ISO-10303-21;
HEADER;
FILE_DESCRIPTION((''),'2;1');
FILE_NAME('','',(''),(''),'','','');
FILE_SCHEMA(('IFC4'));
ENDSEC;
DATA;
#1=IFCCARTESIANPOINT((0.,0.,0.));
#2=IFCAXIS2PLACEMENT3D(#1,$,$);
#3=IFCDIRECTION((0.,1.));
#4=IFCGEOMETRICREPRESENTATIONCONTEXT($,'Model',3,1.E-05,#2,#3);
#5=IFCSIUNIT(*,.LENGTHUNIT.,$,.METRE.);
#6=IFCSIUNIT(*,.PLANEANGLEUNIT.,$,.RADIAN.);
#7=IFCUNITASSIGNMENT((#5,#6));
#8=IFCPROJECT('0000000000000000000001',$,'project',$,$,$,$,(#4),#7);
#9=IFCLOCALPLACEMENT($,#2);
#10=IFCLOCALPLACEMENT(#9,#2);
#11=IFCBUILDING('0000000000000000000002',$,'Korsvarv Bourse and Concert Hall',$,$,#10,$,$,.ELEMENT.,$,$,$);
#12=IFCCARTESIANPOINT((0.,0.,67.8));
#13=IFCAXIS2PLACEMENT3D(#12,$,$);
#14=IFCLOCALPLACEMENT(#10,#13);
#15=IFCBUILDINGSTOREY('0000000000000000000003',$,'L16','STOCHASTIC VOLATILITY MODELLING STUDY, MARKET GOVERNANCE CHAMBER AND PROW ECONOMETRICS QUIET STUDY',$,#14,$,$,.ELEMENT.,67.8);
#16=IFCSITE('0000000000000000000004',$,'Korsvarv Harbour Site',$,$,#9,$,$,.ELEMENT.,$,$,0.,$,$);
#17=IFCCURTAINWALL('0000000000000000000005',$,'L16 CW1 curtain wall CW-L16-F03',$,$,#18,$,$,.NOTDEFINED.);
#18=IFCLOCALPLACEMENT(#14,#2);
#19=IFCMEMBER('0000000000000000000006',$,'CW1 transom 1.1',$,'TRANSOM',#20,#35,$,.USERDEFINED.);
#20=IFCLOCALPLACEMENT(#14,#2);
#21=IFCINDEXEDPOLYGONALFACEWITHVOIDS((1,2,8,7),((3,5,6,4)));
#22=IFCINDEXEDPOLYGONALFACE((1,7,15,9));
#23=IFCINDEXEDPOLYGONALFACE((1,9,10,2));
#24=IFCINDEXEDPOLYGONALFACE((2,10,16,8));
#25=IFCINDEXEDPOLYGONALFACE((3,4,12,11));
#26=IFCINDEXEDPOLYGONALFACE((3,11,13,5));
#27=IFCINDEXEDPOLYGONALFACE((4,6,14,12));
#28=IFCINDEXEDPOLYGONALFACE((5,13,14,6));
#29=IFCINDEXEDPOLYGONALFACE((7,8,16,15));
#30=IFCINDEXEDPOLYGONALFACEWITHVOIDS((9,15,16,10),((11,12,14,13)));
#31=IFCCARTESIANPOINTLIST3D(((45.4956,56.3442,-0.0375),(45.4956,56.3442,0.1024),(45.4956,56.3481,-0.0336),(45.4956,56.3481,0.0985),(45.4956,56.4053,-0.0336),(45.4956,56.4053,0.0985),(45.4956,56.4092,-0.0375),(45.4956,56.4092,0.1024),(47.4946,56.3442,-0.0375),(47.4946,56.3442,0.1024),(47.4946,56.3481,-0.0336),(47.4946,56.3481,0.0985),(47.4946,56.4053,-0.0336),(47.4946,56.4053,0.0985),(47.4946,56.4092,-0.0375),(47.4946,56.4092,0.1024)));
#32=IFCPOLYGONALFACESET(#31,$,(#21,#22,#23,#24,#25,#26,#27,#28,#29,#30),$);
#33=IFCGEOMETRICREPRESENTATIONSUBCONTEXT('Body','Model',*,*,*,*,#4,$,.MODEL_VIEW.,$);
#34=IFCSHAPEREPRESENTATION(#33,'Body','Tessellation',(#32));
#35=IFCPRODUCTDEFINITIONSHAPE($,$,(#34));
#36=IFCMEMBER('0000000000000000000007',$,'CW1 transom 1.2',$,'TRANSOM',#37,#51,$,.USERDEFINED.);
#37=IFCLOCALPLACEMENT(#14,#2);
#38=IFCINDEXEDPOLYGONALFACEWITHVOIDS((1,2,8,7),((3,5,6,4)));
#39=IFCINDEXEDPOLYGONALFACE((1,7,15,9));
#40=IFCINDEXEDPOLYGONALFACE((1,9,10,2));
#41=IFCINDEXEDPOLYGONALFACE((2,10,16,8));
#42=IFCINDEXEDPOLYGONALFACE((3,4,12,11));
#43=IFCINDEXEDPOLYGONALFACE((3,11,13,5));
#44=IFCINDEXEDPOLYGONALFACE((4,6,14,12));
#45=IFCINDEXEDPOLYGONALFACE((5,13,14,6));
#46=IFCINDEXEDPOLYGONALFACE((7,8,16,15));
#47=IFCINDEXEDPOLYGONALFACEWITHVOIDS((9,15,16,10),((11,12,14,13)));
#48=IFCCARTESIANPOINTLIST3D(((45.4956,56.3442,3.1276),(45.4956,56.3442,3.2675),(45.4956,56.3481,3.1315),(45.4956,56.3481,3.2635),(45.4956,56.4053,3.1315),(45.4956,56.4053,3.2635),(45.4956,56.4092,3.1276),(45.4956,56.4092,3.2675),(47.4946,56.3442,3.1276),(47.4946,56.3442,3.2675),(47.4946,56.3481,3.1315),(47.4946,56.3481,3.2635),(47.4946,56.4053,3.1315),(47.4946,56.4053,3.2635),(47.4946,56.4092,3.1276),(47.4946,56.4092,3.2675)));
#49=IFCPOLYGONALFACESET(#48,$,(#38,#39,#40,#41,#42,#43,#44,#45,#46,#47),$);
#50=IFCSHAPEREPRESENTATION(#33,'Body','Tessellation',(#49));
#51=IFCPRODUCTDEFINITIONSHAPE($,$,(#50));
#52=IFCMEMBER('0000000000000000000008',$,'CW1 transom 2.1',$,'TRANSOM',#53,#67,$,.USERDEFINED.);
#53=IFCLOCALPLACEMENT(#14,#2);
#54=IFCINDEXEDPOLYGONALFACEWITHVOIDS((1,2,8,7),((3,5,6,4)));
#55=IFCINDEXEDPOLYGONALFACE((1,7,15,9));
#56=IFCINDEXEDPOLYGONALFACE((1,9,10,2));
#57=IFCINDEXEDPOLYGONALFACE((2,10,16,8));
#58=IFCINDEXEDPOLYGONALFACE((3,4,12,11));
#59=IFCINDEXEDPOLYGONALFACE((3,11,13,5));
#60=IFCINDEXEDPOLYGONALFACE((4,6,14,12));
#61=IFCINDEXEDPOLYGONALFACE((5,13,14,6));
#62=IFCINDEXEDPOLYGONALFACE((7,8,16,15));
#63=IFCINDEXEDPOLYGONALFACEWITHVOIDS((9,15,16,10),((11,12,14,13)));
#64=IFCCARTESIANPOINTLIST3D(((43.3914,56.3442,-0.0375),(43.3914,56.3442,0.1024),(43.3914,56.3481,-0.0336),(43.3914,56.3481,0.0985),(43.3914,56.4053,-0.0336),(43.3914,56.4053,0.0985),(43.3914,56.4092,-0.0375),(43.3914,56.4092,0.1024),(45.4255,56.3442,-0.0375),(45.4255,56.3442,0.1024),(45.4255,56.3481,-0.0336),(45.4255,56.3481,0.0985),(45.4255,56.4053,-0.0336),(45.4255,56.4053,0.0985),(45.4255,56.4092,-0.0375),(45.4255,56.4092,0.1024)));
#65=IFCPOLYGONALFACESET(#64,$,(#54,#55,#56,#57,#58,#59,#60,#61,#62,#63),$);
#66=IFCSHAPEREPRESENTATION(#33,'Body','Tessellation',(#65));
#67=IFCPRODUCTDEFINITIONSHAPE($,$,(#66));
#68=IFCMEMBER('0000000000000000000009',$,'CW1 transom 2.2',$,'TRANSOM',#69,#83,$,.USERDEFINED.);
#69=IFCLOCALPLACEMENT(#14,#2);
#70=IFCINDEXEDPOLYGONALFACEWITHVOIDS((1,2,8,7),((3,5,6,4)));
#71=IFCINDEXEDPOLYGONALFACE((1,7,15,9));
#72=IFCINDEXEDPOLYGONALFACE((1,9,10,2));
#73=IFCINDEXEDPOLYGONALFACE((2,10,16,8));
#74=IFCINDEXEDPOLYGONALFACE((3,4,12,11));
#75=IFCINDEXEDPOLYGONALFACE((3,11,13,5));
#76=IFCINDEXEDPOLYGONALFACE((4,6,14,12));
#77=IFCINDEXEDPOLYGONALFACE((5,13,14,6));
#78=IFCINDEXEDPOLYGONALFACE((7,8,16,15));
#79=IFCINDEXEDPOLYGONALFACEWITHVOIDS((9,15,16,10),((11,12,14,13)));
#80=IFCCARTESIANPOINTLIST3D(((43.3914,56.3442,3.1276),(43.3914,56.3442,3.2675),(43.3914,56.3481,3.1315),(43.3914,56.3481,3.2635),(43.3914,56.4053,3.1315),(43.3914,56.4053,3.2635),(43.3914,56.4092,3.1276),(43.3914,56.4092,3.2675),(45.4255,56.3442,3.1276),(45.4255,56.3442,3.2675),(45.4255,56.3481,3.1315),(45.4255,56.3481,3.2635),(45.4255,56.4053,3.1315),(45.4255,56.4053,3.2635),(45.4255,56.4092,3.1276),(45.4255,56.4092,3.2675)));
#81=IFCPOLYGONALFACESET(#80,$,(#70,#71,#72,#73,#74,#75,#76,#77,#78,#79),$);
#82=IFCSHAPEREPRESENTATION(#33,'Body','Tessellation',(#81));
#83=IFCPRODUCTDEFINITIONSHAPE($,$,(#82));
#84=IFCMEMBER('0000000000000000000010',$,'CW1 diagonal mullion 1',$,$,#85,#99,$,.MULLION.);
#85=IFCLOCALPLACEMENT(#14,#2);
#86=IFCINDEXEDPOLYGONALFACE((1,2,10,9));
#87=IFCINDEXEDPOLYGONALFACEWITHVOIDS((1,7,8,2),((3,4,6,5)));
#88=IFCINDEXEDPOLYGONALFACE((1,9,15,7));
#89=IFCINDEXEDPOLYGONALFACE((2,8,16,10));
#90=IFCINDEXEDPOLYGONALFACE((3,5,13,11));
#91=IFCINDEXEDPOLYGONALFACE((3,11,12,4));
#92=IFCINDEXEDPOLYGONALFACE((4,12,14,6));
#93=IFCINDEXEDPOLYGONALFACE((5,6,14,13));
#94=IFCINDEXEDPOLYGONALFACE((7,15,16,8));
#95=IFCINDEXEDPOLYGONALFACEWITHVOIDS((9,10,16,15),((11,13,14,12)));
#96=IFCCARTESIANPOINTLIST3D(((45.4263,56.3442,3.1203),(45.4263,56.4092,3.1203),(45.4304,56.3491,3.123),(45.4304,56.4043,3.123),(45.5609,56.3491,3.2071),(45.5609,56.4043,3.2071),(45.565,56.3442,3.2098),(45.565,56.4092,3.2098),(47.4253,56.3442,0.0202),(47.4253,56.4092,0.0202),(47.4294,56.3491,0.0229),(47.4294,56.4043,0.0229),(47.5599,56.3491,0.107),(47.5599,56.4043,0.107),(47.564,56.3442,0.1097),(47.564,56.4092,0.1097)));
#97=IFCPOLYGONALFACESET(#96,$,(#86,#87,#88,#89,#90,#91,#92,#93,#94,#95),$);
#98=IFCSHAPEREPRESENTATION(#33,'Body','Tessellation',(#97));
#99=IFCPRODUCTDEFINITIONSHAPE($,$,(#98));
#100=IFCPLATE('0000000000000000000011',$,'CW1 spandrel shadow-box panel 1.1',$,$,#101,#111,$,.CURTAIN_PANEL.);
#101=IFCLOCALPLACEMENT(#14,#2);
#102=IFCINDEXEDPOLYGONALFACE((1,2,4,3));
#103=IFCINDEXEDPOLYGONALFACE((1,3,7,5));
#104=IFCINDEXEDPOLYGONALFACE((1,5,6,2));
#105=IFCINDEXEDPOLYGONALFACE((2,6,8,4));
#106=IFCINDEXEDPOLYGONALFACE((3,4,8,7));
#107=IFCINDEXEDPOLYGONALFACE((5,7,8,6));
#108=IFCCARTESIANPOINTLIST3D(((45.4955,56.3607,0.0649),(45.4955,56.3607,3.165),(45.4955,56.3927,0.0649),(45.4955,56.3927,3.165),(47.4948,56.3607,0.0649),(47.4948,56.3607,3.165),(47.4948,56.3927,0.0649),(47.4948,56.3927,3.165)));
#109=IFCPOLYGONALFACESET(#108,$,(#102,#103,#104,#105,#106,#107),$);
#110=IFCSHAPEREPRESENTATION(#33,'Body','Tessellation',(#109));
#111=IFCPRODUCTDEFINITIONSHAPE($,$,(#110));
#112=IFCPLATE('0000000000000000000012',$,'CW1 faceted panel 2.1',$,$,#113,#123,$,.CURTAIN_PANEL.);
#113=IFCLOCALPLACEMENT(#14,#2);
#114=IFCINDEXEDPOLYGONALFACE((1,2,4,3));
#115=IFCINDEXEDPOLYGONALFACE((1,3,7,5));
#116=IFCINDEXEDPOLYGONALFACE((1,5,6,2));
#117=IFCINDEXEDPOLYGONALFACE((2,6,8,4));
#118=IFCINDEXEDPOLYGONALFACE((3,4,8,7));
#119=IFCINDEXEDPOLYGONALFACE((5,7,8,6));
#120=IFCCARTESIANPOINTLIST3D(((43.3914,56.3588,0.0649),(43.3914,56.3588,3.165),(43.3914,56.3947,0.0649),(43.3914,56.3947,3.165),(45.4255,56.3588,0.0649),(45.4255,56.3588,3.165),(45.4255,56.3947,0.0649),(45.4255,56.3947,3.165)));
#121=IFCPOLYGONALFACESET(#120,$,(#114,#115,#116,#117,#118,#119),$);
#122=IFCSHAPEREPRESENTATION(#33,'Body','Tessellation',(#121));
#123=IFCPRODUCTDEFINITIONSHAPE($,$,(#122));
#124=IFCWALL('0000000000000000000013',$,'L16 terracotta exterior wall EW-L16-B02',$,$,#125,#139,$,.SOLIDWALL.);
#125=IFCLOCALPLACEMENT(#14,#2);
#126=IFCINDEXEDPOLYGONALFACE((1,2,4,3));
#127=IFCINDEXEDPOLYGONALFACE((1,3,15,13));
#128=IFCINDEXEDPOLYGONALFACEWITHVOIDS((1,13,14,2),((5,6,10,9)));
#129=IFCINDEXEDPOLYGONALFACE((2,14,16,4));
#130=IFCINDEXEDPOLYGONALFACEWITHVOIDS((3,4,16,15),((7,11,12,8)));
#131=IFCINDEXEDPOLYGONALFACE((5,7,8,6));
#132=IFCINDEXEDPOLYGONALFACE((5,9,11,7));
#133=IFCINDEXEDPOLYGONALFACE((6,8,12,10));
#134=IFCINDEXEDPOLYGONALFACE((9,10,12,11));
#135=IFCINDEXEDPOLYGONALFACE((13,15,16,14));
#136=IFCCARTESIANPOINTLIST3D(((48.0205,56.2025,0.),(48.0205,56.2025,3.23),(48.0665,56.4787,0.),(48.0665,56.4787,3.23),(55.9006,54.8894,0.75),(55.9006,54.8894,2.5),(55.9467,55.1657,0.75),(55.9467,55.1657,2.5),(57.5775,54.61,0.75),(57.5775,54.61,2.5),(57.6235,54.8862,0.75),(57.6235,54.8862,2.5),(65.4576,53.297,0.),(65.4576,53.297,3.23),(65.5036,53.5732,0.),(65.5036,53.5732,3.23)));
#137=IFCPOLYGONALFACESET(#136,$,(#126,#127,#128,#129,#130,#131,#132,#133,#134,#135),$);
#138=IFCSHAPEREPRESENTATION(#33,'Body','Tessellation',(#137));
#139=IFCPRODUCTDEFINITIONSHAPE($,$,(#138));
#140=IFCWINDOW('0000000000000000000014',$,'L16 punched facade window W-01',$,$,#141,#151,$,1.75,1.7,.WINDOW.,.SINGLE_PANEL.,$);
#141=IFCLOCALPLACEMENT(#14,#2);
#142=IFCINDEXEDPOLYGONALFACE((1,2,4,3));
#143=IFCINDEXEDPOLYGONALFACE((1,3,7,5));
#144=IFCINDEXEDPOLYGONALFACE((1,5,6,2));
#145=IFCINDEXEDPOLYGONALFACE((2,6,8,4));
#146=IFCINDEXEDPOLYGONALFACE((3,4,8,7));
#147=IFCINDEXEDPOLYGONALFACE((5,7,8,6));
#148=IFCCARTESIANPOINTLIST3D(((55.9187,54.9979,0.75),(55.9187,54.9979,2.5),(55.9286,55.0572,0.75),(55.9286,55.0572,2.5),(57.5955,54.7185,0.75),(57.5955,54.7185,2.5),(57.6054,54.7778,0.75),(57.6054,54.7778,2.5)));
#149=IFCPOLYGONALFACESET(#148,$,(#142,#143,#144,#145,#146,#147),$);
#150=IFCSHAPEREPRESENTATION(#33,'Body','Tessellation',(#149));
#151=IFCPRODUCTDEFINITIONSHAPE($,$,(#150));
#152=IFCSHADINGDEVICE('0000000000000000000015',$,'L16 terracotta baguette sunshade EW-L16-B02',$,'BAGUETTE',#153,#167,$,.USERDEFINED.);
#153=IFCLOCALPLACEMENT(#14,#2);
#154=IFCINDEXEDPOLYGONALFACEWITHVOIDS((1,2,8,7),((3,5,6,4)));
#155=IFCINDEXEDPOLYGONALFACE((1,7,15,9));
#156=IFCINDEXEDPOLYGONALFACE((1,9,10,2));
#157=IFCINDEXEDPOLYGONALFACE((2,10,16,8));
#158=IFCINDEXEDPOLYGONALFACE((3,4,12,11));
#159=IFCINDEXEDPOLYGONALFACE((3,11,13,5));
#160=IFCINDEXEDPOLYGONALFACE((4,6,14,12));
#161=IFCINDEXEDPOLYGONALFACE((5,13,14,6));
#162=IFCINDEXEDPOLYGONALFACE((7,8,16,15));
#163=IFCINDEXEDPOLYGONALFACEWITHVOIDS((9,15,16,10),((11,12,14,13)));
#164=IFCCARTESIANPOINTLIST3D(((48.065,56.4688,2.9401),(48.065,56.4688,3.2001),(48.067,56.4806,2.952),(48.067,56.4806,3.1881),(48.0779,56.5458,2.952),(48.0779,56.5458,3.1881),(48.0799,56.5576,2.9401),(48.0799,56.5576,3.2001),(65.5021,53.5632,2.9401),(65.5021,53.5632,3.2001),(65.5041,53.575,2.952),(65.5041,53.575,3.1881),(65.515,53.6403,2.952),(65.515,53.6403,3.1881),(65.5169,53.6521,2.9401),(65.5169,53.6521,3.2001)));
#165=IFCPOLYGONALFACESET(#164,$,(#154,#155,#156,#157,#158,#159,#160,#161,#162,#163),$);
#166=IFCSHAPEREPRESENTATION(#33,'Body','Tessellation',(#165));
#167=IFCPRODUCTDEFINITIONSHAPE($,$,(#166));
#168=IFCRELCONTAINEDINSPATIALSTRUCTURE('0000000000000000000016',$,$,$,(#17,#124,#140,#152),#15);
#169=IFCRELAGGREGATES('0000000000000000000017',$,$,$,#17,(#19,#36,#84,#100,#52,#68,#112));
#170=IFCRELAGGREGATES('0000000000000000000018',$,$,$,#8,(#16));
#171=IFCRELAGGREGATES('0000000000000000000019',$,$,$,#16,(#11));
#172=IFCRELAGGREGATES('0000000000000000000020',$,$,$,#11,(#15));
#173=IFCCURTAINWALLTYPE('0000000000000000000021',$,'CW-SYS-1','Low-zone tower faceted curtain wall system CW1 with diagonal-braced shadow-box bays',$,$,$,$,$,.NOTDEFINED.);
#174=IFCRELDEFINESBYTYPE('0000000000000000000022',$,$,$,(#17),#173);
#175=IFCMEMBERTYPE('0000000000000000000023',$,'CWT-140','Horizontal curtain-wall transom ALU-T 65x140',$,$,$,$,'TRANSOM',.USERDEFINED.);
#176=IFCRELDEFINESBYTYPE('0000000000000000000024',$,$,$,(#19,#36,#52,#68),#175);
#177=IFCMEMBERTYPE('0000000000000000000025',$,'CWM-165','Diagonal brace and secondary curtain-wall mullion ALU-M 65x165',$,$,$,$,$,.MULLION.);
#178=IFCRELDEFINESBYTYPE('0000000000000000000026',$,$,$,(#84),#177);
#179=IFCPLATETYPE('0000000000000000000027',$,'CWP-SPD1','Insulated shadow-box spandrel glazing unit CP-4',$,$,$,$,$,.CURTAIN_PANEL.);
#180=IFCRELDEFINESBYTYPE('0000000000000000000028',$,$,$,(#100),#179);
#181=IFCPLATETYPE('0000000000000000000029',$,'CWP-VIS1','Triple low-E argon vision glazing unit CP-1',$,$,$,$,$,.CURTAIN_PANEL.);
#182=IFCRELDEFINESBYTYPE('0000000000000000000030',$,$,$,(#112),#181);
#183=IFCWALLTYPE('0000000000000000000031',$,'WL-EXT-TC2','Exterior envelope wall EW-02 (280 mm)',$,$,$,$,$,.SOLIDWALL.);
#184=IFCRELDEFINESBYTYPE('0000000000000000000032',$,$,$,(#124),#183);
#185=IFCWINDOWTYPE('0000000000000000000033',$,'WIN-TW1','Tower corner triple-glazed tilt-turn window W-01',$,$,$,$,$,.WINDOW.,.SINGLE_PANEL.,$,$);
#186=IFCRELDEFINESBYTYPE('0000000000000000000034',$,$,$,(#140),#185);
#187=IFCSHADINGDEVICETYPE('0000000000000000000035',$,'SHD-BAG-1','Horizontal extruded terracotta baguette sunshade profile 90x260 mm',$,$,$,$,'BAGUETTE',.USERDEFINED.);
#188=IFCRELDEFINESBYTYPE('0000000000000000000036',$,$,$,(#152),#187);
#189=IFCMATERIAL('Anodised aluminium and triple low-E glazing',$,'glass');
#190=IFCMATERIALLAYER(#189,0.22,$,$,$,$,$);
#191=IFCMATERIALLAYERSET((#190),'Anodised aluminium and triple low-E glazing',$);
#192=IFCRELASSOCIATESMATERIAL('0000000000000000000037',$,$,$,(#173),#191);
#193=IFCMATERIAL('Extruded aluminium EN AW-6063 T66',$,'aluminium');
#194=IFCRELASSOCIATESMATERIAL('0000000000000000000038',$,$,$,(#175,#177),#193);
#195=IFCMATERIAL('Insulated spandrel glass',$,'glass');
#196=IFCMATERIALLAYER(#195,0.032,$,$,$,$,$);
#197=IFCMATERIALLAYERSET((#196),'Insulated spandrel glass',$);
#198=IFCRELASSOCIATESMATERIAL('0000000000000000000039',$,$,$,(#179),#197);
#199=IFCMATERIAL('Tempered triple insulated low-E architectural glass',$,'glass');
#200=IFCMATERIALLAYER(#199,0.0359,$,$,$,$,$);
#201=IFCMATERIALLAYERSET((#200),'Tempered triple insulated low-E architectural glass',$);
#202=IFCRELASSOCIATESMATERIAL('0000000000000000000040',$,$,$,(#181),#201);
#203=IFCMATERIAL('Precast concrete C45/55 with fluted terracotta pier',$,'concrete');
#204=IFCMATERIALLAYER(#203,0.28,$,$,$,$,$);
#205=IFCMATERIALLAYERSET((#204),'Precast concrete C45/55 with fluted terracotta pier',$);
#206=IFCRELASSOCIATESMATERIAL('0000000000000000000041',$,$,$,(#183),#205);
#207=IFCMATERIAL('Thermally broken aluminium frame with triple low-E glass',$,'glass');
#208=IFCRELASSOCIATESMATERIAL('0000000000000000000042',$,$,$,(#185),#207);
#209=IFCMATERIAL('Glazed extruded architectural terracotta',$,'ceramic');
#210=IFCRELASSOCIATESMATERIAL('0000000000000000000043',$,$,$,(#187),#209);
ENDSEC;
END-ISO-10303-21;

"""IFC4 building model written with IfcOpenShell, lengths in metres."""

from ifc_helpers import new_model, si_unit, direction, frame, frame_2d, origin, origin_2d, place, context, subcontext, project, spatial, rectangle, hollow_rectangle, extrude, source, transform, mapped, material, layer, layer_set, material_profile, profile_set, type_object, element, fill, aggregate, save


model = new_model("IFC4")

# Units and contexts
model_context = context("Model", 3, precision=1e-05, world=origin(), true_north=direction((0.0, 1.0)))
body_context = subcontext(model_context, "Body", "Model", "MODEL_VIEW")
ifc_project = project(units=[si_unit("LENGTHUNIT", "METRE"), si_unit("PLANEANGLEUNIT", "RADIAN")], contexts=[model_context])

# Site, building, storey
site_placement = place(None, origin())
site = spatial("IfcSite", under=ifc_project, at=site_placement, Name="Korsvarv Harbour Site", CompositionType="ELEMENT", RefElevation=0.0)
building_placement = place(site_placement, origin())
building = spatial("IfcBuilding", under=site, at=building_placement, Name="Korsvarv Bourse and Concert Hall", CompositionType="ELEMENT")
storey_placement = place(building_placement, frame((0.0, 0.0, 67.8)))
storey = spatial("IfcBuildingStorey", under=building, at=storey_placement, Name="L16", Description="STOCHASTIC VOLATILITY MODELLING STUDY, MARKET GOVERNANCE CHAMBER AND PROW ECONOMETRICS QUIET STUDY", CompositionType="ELEMENT", Elevation=67.8)

# Curtain wall, members, plates
ifc_material_1 = material(Name="Anodised aluminium and triple low-E glazing", Category="glass")
ifc_layer_1 = layer(ifc_material_1, 0.22)
ifc_layer_set_1 = layer_set([ifc_layer_1], Name="Anodised aluminium and triple low-E glazing")
curtain_wall_type = type_object("IfcCurtainWallType", Name="CW-SYS-1", Description="Low-zone tower faceted curtain wall system CW1 with diagonal-braced shadow-box bays", PredefinedType="NOTDEFINED", material=ifc_layer_set_1)
curtain_wall_placement = place(storey_placement, origin())
curtain_wall = element("IfcCurtainWall", 1, at=curtain_wall_placement, inside=storey, type_object=curtain_wall_type, Name="L16 CW1 curtain wall CW-L16-F03", PredefinedType="NOTDEFINED")
ifc_material_2 = material(Name="Extruded aluminium EN AW-6063 T66", Category="aluminium")
ifc_material_profile_1 = material_profile(ifc_material_2, hollow_rectangle(XDim=0.0649, YDim=0.1399, WallThickness=0.0039, at=origin_2d()), Name="ALU-T 65x140")
ifc_profile_set_1 = profile_set([ifc_material_profile_1], Name="Extruded aluminium EN AW-6063 T66")
member_type_1 = type_object("IfcMemberType", Name="CWT-140", Description="Horizontal curtain-wall transom ALU-T 65x140", ElementType="TRANSOM", PredefinedType="USERDEFINED", material=ifc_profile_set_1)
shared_shape_1 = source(origin(), body_context, "Body", "SweptSolid", [
    extrude(hollow_rectangle(XDim=0.0649, YDim=0.1399, WallThickness=0.0039, at=origin_2d()), origin(), (0.0, 0.0, 1.0), 1.999),
])
member_1_placement = place(storey_placement, frame((47.4946, 56.3767, 0.0325), z_axis=(-1.0, 0.0, 0.0), x_axis=(0.0, -1.0, 0.0)))
member_1 = element("IfcMember", 2, at=member_1_placement, type_object=member_type_1, Name="CW1 transom 1.1", ObjectType="TRANSOM", PredefinedType="USERDEFINED", context=body_context, shape_type="MappedRepresentation", body=[
    mapped(shared_shape_1, transform((0.0, 0.0, 0.0), scale=1.0)),
])
member_2_placement = place(storey_placement, frame((47.4946, 56.3767, 3.1975), z_axis=(-1.0, 0.0, 0.0), x_axis=(0.0, -1.0, 0.0)))
member_2 = element("IfcMember", 3, at=member_2_placement, type_object=member_type_1, Name="CW1 transom 1.2", ObjectType="TRANSOM", PredefinedType="USERDEFINED", context=body_context, shape_type="MappedRepresentation", body=[
    mapped(shared_shape_1, transform((0.0, 0.0, 0.0), scale=1.0)),
])
shared_shape_2 = source(origin(), body_context, "Body", "SweptSolid", [
    extrude(hollow_rectangle(XDim=0.0649, YDim=0.1399, WallThickness=0.0039, at=origin_2d()), origin(), (0.0, 0.0, 1.0), 2.0342),
])
member_3_placement = place(storey_placement, frame((45.4255, 56.3767, 0.0325), z_axis=(-1.0, 0.0, 0.0), x_axis=(0.0, -1.0, 0.0)))
member_3 = element("IfcMember", 4, at=member_3_placement, type_object=member_type_1, Name="CW1 transom 2.1", ObjectType="TRANSOM", PredefinedType="USERDEFINED", context=body_context, shape_type="MappedRepresentation", body=[
    mapped(shared_shape_2, transform((0.0, 0.0, 0.0), scale=1.0)),
])
member_4_placement = place(storey_placement, frame((45.4255, 56.3767, 3.1975), z_axis=(-1.0, 0.0, 0.0), x_axis=(0.0, -1.0, 0.0)))
member_4 = element("IfcMember", 5, at=member_4_placement, type_object=member_type_1, Name="CW1 transom 2.2", ObjectType="TRANSOM", PredefinedType="USERDEFINED", context=body_context, shape_type="MappedRepresentation", body=[
    mapped(shared_shape_2, transform((0.0, 0.0, 0.0), scale=1.0)),
])
ifc_material_profile_2 = material_profile(ifc_material_2, hollow_rectangle(XDim=0.0649, YDim=0.165, WallThickness=0.0049, at=origin_2d()), Name="ALU-M 65x165")
ifc_profile_set_2 = profile_set([ifc_material_profile_2], Name="Extruded aluminium EN AW-6063 T66")
member_type_2 = type_object("IfcMemberType", Name="CWM-165", Description="Diagonal brace and secondary curtain-wall mullion ALU-M 65x165", PredefinedType="MULLION", material=ifc_profile_set_2)
shared_shape_3 = source(origin(), body_context, "Body", "SweptSolid", [
    extrude(hollow_rectangle(XDim=0.0649, YDim=0.165, WallThickness=0.0049, at=origin_2d()), origin(), (0.0, 0.0, 1.0), 3.6887),
])
member_5_placement = place(storey_placement, frame((47.4946, 56.3767, 0.0649), z_axis=(-0.541928, 0.0, 0.840425), x_axis=(0.0, -1.0, 0.0)))
member_5 = element("IfcMember", 6, at=member_5_placement, type_object=member_type_2, Name="CW1 diagonal mullion 1", PredefinedType="MULLION", context=body_context, shape_type="MappedRepresentation", body=[
    mapped(shared_shape_3, transform((0.0, 0.0, 0.0), scale=1.0)),
])
ifc_material_3 = material(Name="Insulated spandrel glass", Category="glass")
ifc_layer_2 = layer(ifc_material_3, 0.032)
ifc_layer_set_2 = layer_set([ifc_layer_2], Name="Insulated spandrel glass")
plate_type_1 = type_object("IfcPlateType", Name="CWP-SPD1", Description="Insulated shadow-box spandrel glazing unit CP-4", PredefinedType="CURTAIN_PANEL", material=ifc_layer_set_2)
shared_shape_4 = source(origin(), body_context, "Body", "SweptSolid", [
    extrude(rectangle(XDim=1.9993, YDim=0.032, at=origin_2d()), origin(), (0.0, 0.0, 1.0), 3.1001),
])
plate_1_placement = place(storey_placement, frame((46.4951, 56.3767, 0.0649), z_axis=(0.0, 0.0, 1.0), x_axis=(-1.0, 0.0, 0.0)))
plate_1 = element("IfcPlate", 7, at=plate_1_placement, type_object=plate_type_1, Name="CW1 spandrel shadow-box panel 1.1", PredefinedType="CURTAIN_PANEL", context=body_context, shape_type="MappedRepresentation", body=[
    mapped(shared_shape_4, transform((0.0, 0.0, 0.0), scale=1.0)),
])
ifc_material_4 = material(Name="Tempered triple insulated low-E architectural glass", Category="glass")
ifc_layer_3 = layer(ifc_material_4, 0.0359)
ifc_layer_set_3 = layer_set([ifc_layer_3], Name="Tempered triple insulated low-E architectural glass")
plate_type_2 = type_object("IfcPlateType", Name="CWP-VIS1", Description="Triple low-E argon vision glazing unit CP-1", PredefinedType="CURTAIN_PANEL", material=ifc_layer_set_3)
shared_shape_5 = source(origin(), body_context, "Body", "SweptSolid", [
    extrude(rectangle(XDim=2.0342, YDim=0.0359, at=origin_2d()), origin(), (0.0, 0.0, 1.0), 3.1001),
])
plate_2_placement = place(storey_placement, frame((44.4084, 56.3767, 0.0649), z_axis=(0.0, 0.0, 1.0), x_axis=(-1.0, 0.0, 0.0)))
plate_2 = element("IfcPlate", 8, at=plate_2_placement, type_object=plate_type_2, Name="CW1 faceted panel 2.1", PredefinedType="CURTAIN_PANEL", context=body_context, shape_type="MappedRepresentation", body=[
    mapped(shared_shape_5, transform((0.0, 0.0, 0.0), scale=1.0)),
])
aggregate(curtain_wall, [member_1, member_2, member_5, plate_1, member_3, member_4, plate_2])

# Wall, opening, window
ifc_material_5 = material(Name="Precast concrete C45/55 with fluted terracotta pier", Category="concrete")
ifc_layer_4 = layer(ifc_material_5, 0.28)
ifc_layer_set_4 = layer_set([ifc_layer_4], Name="Precast concrete C45/55 with fluted terracotta pier")
wall_type = type_object("IfcWallType", Name="WL-EXT-TC2", Description="Exterior envelope wall EW-02 (280 mm)", PredefinedType="SOLIDWALL", material=ifc_layer_set_4)
wall_placement = place(storey_placement, frame((65.4807, 53.4351, 0.0), z_axis=(0.0, 0.0, 1.0), x_axis=(-0.9864, 0.164363, 0.0)))
wall = element("IfcWall", 9, at=wall_placement, inside=storey, type_object=wall_type, Name="L16 terracotta exterior wall EW-L16-B02", PredefinedType="SOLIDWALL", context=body_context, shape_type="SweptSolid", body=[
    extrude(rectangle(XDim=17.6775, YDim=0.28, at=frame_2d((8.8389, 0.0))), origin(), (0.0, 0.0, 1.0), 3.23),
])
opening_placement = place(wall_placement, frame((7.9888, 0.0, 0.75)))
opening = element("IfcOpeningElement", 10, at=opening_placement, cuts=wall, PredefinedType="OPENING", context=body_context, shape_type="SweptSolid", body=[
    extrude(rectangle(XDim=1.7, YDim=1.75, at=frame_2d((0.8501, 0.875))), frame((0.0, 0.1499, 0.0), z_axis=(0.0, -1.0, 0.0), x_axis=(1.0, 0.0, 0.0)), (0.0, 0.0, 1.0), 0.3),
])
ifc_material_6 = material(Name="Thermally broken aluminium frame with triple low-E glass", Category="glass")
window_type = type_object("IfcWindowType", Name="WIN-TW1", Description="Tower corner triple-glazed tilt-turn window W-01", PartitioningType="SINGLE_PANEL", PredefinedType="WINDOW", material=ifc_material_6)
window_placement = place(opening_placement, origin())
window = element("IfcWindow", 11, at=window_placement, inside=storey, type_object=window_type, Name="L16 punched facade window W-01", OverallHeight=1.75, OverallWidth=1.7, PartitioningType="SINGLE_PANEL", PredefinedType="WINDOW", context=body_context, shape_type="SweptSolid", body=[
    extrude(rectangle(XDim=1.7, YDim=1.75, at=frame_2d((0.8501, 0.875))), frame((0.0, 0.03, 0.0), z_axis=(0.0, -1.0, 0.0), x_axis=(1.0, 0.0, 0.0)), (0.0, 0.0, 1.0), 0.0601),
])
fill(opening, window)

# Shading device
ifc_material_7 = material(Name="Glazed extruded architectural terracotta", Category="ceramic")
ifc_material_profile_3 = material_profile(ifc_material_7, hollow_rectangle(XDim=0.0901, YDim=0.26, WallThickness=0.012, at=origin_2d()), Name="TC-BAG 90x260")
ifc_profile_set_3 = profile_set([ifc_material_profile_3], Name="Glazed extruded architectural terracotta")
shading_device_type = type_object("IfcShadingDeviceType", Name="SHD-BAG-1", Description="Horizontal extruded terracotta baguette sunshade profile 90x260 mm", ElementType="BAGUETTE", PredefinedType="USERDEFINED", material=ifc_profile_set_3)
shared_shape_6 = source(origin(), body_context, "Body", "SweptSolid", [
    extrude(hollow_rectangle(XDim=0.0901, YDim=0.26, WallThickness=0.012, at=origin_2d()), origin(), (0.0, 0.0, 1.0), 17.6775),
])
shading_device_placement = place(storey_placement, frame((65.5095, 53.6077, 3.0701), z_axis=(-0.9864, 0.164363, 0.0), x_axis=(-0.164363, -0.9864, 0.0)))
element("IfcShadingDevice", 12, at=shading_device_placement, inside=storey, type_object=shading_device_type, Name="L16 terracotta baguette sunshade EW-L16-B02", ObjectType="BAGUETTE", PredefinedType="USERDEFINED", context=body_context, shape_type="MappedRepresentation", body=[
    mapped(shared_shape_6, transform((0.0, 0.0, 0.0), scale=1.0)),
])

save(model, "model.ifc")
